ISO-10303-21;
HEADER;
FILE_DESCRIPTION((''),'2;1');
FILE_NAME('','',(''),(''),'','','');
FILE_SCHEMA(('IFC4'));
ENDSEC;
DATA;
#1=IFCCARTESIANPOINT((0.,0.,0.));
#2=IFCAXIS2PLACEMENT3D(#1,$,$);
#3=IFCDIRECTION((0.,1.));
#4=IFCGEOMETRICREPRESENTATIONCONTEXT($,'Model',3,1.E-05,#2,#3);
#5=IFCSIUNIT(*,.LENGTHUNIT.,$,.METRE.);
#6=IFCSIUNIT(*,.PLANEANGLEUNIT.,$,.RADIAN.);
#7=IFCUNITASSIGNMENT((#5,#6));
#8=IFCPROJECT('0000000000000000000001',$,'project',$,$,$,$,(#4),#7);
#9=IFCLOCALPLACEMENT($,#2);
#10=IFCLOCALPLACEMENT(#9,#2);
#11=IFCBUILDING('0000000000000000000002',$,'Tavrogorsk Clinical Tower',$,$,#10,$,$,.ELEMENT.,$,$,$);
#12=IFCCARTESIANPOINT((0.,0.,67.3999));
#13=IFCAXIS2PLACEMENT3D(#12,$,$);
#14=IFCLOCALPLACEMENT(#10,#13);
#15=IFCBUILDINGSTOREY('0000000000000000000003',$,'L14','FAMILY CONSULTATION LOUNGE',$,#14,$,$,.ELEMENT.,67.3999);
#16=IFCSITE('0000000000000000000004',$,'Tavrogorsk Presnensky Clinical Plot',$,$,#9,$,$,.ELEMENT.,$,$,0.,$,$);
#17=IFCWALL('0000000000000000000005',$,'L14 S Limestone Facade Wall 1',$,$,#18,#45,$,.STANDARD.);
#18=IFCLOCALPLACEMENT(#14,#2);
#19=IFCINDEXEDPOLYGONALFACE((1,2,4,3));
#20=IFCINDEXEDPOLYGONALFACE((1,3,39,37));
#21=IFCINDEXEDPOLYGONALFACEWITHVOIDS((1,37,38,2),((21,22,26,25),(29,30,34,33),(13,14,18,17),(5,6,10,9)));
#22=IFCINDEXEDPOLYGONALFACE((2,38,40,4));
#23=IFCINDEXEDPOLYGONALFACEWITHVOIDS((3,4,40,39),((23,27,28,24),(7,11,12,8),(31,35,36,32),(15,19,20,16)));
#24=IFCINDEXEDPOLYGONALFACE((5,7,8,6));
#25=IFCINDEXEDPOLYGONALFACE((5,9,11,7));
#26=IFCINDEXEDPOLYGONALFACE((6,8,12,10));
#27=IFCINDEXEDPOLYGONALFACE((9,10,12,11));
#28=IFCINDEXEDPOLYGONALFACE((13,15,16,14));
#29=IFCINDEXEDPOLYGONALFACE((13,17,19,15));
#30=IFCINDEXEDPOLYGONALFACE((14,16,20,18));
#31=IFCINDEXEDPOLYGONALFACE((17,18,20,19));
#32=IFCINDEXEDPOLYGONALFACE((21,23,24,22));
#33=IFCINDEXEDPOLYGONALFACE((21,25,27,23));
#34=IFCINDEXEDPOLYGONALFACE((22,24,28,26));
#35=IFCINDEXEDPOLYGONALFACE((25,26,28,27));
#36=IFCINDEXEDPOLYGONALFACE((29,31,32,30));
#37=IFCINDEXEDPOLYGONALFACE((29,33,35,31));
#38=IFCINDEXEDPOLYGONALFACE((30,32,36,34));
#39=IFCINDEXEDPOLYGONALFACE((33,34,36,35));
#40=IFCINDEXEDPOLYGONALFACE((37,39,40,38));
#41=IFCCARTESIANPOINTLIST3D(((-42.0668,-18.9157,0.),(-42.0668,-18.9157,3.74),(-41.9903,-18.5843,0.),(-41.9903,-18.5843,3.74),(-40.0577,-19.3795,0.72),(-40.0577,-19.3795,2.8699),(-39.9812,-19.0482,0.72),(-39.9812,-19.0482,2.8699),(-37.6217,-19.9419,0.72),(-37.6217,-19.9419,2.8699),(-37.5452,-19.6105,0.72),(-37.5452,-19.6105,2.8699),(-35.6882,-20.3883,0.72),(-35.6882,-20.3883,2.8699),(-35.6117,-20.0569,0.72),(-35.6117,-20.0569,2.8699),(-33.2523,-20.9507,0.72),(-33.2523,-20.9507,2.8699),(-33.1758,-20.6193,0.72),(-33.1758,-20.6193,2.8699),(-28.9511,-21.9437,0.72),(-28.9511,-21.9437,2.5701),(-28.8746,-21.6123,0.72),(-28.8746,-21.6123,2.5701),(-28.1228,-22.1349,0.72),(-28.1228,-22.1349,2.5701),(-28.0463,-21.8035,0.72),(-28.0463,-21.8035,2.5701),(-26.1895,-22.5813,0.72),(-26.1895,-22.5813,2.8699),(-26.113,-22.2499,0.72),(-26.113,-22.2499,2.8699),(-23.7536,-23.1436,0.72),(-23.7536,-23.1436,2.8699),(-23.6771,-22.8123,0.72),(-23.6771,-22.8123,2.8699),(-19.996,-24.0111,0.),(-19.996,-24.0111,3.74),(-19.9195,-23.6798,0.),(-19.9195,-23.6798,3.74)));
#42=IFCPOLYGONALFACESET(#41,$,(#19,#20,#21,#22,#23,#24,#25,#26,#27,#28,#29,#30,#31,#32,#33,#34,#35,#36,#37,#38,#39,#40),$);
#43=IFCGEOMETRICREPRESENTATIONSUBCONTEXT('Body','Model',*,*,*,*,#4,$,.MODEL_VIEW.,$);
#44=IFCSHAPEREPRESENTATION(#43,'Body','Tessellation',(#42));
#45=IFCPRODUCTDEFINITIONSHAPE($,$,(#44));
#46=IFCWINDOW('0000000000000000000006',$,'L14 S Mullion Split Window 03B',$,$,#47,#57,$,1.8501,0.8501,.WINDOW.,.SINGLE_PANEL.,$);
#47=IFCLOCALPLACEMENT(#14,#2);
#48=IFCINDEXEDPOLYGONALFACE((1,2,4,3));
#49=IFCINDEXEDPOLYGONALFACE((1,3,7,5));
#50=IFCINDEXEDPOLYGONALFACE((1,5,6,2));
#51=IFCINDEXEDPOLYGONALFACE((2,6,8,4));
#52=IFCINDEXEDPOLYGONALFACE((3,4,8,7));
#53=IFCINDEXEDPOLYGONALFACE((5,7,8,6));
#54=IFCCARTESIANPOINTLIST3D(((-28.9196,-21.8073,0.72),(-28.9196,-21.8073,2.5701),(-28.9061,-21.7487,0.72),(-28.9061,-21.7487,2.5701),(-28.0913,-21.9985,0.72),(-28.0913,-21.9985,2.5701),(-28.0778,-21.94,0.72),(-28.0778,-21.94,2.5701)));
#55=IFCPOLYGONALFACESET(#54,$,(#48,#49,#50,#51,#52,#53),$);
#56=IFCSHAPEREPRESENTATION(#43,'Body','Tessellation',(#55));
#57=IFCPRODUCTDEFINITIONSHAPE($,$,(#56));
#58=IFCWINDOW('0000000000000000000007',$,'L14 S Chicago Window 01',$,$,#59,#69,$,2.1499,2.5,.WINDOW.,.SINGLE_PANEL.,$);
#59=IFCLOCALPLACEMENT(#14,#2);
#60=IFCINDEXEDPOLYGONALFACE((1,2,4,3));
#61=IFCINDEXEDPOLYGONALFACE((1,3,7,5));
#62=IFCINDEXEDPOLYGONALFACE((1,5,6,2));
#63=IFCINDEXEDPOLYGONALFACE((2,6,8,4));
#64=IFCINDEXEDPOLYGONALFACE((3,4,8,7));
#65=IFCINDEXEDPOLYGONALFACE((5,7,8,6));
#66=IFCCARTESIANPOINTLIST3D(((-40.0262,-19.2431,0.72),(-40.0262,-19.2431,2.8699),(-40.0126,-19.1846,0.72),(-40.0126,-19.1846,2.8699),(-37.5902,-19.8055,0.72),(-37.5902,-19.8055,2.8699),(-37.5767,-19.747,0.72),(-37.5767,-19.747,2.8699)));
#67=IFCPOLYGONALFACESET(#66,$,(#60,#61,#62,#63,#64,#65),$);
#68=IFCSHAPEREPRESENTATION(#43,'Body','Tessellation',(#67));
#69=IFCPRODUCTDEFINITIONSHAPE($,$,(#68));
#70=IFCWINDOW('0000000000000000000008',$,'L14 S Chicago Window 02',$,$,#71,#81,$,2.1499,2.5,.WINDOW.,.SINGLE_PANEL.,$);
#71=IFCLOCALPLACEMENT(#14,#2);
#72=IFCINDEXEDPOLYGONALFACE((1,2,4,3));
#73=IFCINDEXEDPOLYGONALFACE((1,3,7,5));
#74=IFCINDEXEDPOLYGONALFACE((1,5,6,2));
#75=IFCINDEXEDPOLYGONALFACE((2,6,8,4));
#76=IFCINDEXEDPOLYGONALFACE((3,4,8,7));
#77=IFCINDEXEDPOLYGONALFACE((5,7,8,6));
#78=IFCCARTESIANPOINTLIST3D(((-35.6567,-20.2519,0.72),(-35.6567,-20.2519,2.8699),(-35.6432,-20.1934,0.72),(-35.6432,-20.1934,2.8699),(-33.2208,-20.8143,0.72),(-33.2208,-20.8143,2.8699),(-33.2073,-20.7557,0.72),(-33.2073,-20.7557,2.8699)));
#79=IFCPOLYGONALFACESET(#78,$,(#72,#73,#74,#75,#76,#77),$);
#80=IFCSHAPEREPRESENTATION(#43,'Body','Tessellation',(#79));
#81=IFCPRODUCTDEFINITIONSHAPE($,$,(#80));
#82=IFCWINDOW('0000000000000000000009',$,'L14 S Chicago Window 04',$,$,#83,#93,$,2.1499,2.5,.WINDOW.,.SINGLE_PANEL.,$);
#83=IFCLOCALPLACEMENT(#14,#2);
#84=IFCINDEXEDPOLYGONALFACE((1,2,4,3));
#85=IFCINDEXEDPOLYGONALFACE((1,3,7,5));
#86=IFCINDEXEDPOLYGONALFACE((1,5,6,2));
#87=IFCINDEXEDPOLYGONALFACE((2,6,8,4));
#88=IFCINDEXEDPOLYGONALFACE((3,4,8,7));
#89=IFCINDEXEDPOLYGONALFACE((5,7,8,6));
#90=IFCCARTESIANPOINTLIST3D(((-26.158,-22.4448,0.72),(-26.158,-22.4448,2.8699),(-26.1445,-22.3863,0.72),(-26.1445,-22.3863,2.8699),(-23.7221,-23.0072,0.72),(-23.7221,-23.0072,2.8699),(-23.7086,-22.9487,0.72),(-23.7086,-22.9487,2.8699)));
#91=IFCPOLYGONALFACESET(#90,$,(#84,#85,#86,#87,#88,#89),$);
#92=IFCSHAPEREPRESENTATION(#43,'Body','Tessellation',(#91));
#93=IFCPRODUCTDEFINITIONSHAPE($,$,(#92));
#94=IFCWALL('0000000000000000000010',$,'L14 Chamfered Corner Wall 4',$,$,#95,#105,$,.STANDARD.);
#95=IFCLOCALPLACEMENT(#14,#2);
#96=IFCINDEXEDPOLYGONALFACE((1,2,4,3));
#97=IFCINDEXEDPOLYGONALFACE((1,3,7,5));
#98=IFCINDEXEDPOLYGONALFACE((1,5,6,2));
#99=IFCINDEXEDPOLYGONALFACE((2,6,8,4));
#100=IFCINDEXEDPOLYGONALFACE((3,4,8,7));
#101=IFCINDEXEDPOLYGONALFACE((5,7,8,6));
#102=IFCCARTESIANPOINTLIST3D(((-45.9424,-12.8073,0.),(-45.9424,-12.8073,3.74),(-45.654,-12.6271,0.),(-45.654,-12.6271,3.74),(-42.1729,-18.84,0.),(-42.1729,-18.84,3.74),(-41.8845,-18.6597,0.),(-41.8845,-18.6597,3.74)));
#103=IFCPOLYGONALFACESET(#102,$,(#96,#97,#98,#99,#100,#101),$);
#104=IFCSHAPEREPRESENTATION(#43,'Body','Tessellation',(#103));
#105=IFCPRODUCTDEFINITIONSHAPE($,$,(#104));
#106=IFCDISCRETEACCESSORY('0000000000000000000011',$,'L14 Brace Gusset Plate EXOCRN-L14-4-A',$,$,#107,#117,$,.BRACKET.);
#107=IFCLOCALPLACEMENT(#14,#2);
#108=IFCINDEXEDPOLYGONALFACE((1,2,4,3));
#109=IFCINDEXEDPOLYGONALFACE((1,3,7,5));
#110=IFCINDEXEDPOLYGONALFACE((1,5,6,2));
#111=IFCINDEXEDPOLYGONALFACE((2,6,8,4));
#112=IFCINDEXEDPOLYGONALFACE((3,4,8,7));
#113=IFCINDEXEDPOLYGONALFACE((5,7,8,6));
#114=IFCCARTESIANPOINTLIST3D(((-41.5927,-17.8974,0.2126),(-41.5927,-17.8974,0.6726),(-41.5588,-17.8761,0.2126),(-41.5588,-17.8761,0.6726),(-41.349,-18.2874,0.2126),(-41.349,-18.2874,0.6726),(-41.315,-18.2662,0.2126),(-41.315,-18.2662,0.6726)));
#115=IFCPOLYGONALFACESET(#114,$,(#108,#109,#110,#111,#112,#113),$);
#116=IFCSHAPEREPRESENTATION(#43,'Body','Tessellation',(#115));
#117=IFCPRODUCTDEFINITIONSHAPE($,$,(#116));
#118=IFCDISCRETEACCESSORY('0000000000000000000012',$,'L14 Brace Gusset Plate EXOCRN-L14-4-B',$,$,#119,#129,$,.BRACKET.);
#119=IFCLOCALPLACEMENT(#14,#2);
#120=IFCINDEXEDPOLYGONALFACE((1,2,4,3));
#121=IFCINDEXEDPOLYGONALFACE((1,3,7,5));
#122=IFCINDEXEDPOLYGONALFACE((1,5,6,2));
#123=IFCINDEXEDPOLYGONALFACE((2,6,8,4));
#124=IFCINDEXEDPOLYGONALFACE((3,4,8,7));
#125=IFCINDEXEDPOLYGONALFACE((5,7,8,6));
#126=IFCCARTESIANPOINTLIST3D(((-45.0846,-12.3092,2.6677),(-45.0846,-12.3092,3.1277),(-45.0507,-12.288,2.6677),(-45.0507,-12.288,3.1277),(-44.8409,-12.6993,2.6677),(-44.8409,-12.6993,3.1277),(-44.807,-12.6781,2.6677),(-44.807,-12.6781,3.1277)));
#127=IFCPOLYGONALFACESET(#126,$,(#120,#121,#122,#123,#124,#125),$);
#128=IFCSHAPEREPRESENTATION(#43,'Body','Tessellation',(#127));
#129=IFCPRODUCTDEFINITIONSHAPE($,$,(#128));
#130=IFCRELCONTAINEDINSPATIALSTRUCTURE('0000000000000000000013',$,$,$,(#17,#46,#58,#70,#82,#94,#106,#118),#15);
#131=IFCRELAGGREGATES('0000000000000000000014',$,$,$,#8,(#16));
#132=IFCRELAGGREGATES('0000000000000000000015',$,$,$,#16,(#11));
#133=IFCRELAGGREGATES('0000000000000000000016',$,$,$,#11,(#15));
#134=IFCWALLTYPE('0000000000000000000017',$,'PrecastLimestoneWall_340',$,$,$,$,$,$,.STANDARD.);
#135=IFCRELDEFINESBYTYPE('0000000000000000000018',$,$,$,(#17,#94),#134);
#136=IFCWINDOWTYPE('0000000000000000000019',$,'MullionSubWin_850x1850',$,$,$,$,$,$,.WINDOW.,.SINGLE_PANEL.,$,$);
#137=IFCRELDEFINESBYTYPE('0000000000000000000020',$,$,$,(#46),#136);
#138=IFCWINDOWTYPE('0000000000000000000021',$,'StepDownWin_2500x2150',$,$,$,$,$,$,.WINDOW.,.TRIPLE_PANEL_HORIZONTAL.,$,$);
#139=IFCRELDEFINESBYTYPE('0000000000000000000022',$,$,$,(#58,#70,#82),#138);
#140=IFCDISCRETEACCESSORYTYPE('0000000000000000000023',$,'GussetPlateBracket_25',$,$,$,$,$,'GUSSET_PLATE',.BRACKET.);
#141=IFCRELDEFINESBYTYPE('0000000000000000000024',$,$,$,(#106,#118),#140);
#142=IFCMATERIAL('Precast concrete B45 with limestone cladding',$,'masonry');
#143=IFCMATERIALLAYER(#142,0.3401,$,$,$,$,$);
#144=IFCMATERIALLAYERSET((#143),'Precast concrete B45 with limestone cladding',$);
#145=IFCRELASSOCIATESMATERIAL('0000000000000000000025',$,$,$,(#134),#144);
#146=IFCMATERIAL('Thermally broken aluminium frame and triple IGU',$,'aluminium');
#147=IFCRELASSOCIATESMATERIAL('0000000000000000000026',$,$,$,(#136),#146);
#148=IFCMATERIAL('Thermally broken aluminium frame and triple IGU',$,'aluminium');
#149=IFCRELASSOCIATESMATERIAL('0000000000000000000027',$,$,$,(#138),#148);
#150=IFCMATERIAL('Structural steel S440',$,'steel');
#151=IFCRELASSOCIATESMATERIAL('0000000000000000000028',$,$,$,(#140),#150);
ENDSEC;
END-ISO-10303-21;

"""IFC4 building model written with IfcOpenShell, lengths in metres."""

from ifc_helpers import new_model, si_unit, direction, frame, frame_2d, origin, origin_2d, place, context, subcontext, project, spatial, rectangle, extrude, material, layer, layer_set, type_object, element, fill, save


model = new_model("IFC4")

# Units and contexts
model_context = context("Model", 3, precision=1e-05, world=origin(), true_north=direction((0.0, 1.0)))
body_context = subcontext(model_context, "Body", "Model", "MODEL_VIEW")
ifc_project = project(units=[si_unit("LENGTHUNIT", "METRE"), si_unit("PLANEANGLEUNIT", "RADIAN")], contexts=[model_context])

# Site, building, storey
site_placement = place(None, origin())
site = spatial("IfcSite", under=ifc_project, at=site_placement, Name="Tavrogorsk Presnensky Clinical Plot", CompositionType="ELEMENT", RefElevation=0.0)
building_placement = place(site_placement, origin())
building = spatial("IfcBuilding", under=site, at=building_placement, Name="Tavrogorsk Clinical Tower", CompositionType="ELEMENT")
storey_placement = place(building_placement, frame((0.0, 0.0, 67.3999)))
storey = spatial("IfcBuildingStorey", under=building, at=storey_placement, Name="L14", Description="FAMILY CONSULTATION LOUNGE", CompositionType="ELEMENT", Elevation=67.3999)

# Wall, openings, windows
ifc_material_1 = material(Name="Precast concrete B45 with limestone cladding", Category="masonry")
ifc_layer_1 = layer(ifc_material_1, 0.3401)
ifc_layer_set_1 = layer_set([ifc_layer_1], Name="Precast concrete B45 with limestone cladding")
wall_type_1 = type_object("IfcWallType", Name="PrecastLimestoneWall_340", PredefinedType="STANDARD", material=ifc_layer_set_1)
wall_1_placement = place(storey_placement, frame((-42.0286, -18.75, 0.0), z_axis=(0.0, 0.0, 1.0), x_axis=(0.97437, -0.224952, 0.0)))
wall_1 = element("IfcWall", 1, at=wall_1_placement, inside=storey, type_object=wall_type_1, Name="L14 S Limestone Facade Wall 1", PredefinedType="STANDARD", context=body_context, shape_type="SweptSolid", body=[
    extrude(rectangle(XDim=22.6514, YDim=0.3401, at=frame_2d((11.3257, 0.0))), origin(), (0.0, 0.0, 1.0), 3.74),
])
opening_1_placement = place(wall_1_placement, frame((2.062, 0.0, 0.72)))
opening_1 = element("IfcOpeningElement", 2, at=opening_1_placement, cuts=wall_1, PredefinedType="OPENING", context=body_context, shape_type="SweptSolid", body=[
    extrude(rectangle(XDim=2.5, YDim=2.1499, at=frame_2d((1.25, 1.075))), frame((0.0, 0.1799, 0.0), z_axis=(0.0, -1.0, 0.0), x_axis=(1.0, 0.0, 0.0)), (0.0, 0.0, 1.0), 0.3601),
])
opening_2_placement = place(wall_1_placement, frame((6.5464, 0.0, 0.72)))
opening_2 = element("IfcOpeningElement", 3, at=opening_2_placement, cuts=wall_1, PredefinedType="OPENING", context=body_context, shape_type="SweptSolid", body=[
    extrude(rectangle(XDim=2.5, YDim=2.1499, at=frame_2d((1.25, 1.075))), frame((0.0, 0.1799, 0.0), z_axis=(0.0, -1.0, 0.0), x_axis=(1.0, 0.0, 0.0)), (0.0, 0.0, 1.0), 0.3601),
])
opening_3_placement = place(wall_1_placement, frame((13.4607, 0.0, 0.72)))
opening_3 = element("IfcOpeningElement", 4, at=opening_3_placement, cuts=wall_1, PredefinedType="OPENING", context=body_context, shape_type="SweptSolid", body=[
    extrude(rectangle(XDim=0.8501, YDim=1.8501, at=frame_2d((0.425, 0.925))), frame((0.0, 0.1799, 0.0), z_axis=(0.0, -1.0, 0.0), x_axis=(1.0, 0.0, 0.0)), (0.0, 0.0, 1.0), 0.3601),
])
opening_4_placement = place(wall_1_placement, frame((16.2949, 0.0, 0.72)))
opening_4 = element("IfcOpeningElement", 5, at=opening_4_placement, cuts=wall_1, PredefinedType="OPENING", context=body_context, shape_type="SweptSolid", body=[
    extrude(rectangle(XDim=2.5, YDim=2.1499, at=frame_2d((1.25, 1.075))), frame((0.0, 0.1799, 0.0), z_axis=(0.0, -1.0, 0.0), x_axis=(1.0, 0.0, 0.0)), (0.0, 0.0, 1.0), 0.3601),
])
ifc_material_2 = material(Name="Thermally broken aluminium frame and triple IGU", Category="aluminium")
window_type_1 = type_object("IfcWindowType", Name="MullionSubWin_850x1850", PartitioningType="SINGLE_PANEL", PredefinedType="WINDOW", material=ifc_material_2)
window_1_placement = place(opening_3_placement, origin())
window_1 = element("IfcWindow", 6, at=window_1_placement, inside=storey, type_object=window_type_1, Name="L14 S Mullion Split Window 03B", OverallHeight=1.8501, OverallWidth=0.8501, PartitioningType="SINGLE_PANEL", PredefinedType="WINDOW", context=body_context, shape_type="SweptSolid", body=[
    extrude(rectangle(XDim=0.8501, YDim=1.8501, at=frame_2d((0.425, 0.925))), frame((0.0, 0.03, 0.0), z_axis=(0.0, -1.0, 0.0), x_axis=(1.0, 0.0, 0.0)), (0.0, 0.0, 1.0), 0.0601),
])
fill(opening_3, window_1)
ifc_material_3 = material(Name="Thermally broken aluminium frame and triple IGU", Category="aluminium")
window_type_2 = type_object("IfcWindowType", Name="StepDownWin_2500x2150", PartitioningType="TRIPLE_PANEL_HORIZONTAL", PredefinedType="WINDOW", material=ifc_material_3)
window_2_placement = place(opening_1_placement, origin())
window_2 = element("IfcWindow", 7, at=window_2_placement, inside=storey, type_object=window_type_2, Name="L14 S Chicago Window 01", OverallHeight=2.1499, OverallWidth=2.5, PartitioningType="SINGLE_PANEL", PredefinedType="WINDOW", context=body_context, shape_type="SweptSolid", body=[
    extrude(rectangle(XDim=2.5, YDim=2.1499, at=frame_2d((1.25, 1.075))), frame((0.0, 0.03, 0.0), z_axis=(0.0, -1.0, 0.0), x_axis=(1.0, 0.0, 0.0)), (0.0, 0.0, 1.0), 0.0601),
])
fill(opening_1, window_2)
window_3_placement = place(opening_2_placement, origin())
window_3 = element("IfcWindow", 8, at=window_3_placement, inside=storey, type_object=window_type_2, Name="L14 S Chicago Window 02", OverallHeight=2.1499, OverallWidth=2.5, PartitioningType="SINGLE_PANEL", PredefinedType="WINDOW", context=body_context, shape_type="SweptSolid", body=[
    extrude(rectangle(XDim=2.5, YDim=2.1499, at=frame_2d((1.25, 1.075))), frame((0.0, 0.03, 0.0), z_axis=(0.0, -1.0, 0.0), x_axis=(1.0, 0.0, 0.0)), (0.0, 0.0, 1.0), 0.0601),
])
fill(opening_2, window_3)
window_4_placement = place(opening_4_placement, origin())
window_4 = element("IfcWindow", 9, at=window_4_placement, inside=storey, type_object=window_type_2, Name="L14 S Chicago Window 04", OverallHeight=2.1499, OverallWidth=2.5, PartitioningType="SINGLE_PANEL", PredefinedType="WINDOW", context=body_context, shape_type="SweptSolid", body=[
    extrude(rectangle(XDim=2.5, YDim=2.1499, at=frame_2d((1.25, 1.075))), frame((0.0, 0.03, 0.0), z_axis=(0.0, -1.0, 0.0), x_axis=(1.0, 0.0, 0.0)), (0.0, 0.0, 1.0), 0.0601),
])
fill(opening_4, window_4)

# Wall
wall_2_placement = place(storey_placement, frame((-45.7981, -12.7173, 0.0), z_axis=(0.0, 0.0, 1.0), x_axis=(0.529906, -0.848056, 0.0)))
element("IfcWall", 10, at=wall_2_placement, inside=storey, type_object=wall_type_1, Name="L14 Chamfered Corner Wall 4", PredefinedType="STANDARD", context=body_context, shape_type="SweptSolid", body=[
    extrude(rectangle(XDim=7.1135, YDim=0.3401, at=frame_2d((3.5566, 0.0))), origin(), (0.0, 0.0, 1.0), 3.74),
])

# Discrete accessories
ifc_material_4 = material(Name="Structural steel S440", Category="steel")
discrete_accessory_type = type_object("IfcDiscreteAccessoryType", Name="GussetPlateBracket_25", ElementType="GUSSET_PLATE", PredefinedType="BRACKET", material=ifc_material_4)
for number, where, z_axis, x_axis, name in (
    (11, (-41.4539, -18.0818, 0.2126), (0.0, 0.0, 1.0), (-0.529919, 0.848048, 0.0), "L14 Brace Gusset Plate EXOCRN-L14-4-A"),
    (12, (-44.9458, -12.4937, 2.6677), (0.0, 0.0, 1.0), (-0.529919, 0.848048, 0.0), "L14 Brace Gusset Plate EXOCRN-L14-4-B"),
):
    element("IfcDiscreteAccessory", number, at=place(storey_placement, frame(where, z_axis=z_axis, x_axis=x_axis)), inside=storey, type_object=discrete_accessory_type, Name=name, PredefinedType="BRACKET", context=body_context, shape_type="SweptSolid", body=[
        extrude(rectangle(XDim=0.46, YDim=0.04, at=origin_2d()), origin(), (0.0, 0.0, 1.0), 0.46),
    ])

save(model, "model.ifc")
